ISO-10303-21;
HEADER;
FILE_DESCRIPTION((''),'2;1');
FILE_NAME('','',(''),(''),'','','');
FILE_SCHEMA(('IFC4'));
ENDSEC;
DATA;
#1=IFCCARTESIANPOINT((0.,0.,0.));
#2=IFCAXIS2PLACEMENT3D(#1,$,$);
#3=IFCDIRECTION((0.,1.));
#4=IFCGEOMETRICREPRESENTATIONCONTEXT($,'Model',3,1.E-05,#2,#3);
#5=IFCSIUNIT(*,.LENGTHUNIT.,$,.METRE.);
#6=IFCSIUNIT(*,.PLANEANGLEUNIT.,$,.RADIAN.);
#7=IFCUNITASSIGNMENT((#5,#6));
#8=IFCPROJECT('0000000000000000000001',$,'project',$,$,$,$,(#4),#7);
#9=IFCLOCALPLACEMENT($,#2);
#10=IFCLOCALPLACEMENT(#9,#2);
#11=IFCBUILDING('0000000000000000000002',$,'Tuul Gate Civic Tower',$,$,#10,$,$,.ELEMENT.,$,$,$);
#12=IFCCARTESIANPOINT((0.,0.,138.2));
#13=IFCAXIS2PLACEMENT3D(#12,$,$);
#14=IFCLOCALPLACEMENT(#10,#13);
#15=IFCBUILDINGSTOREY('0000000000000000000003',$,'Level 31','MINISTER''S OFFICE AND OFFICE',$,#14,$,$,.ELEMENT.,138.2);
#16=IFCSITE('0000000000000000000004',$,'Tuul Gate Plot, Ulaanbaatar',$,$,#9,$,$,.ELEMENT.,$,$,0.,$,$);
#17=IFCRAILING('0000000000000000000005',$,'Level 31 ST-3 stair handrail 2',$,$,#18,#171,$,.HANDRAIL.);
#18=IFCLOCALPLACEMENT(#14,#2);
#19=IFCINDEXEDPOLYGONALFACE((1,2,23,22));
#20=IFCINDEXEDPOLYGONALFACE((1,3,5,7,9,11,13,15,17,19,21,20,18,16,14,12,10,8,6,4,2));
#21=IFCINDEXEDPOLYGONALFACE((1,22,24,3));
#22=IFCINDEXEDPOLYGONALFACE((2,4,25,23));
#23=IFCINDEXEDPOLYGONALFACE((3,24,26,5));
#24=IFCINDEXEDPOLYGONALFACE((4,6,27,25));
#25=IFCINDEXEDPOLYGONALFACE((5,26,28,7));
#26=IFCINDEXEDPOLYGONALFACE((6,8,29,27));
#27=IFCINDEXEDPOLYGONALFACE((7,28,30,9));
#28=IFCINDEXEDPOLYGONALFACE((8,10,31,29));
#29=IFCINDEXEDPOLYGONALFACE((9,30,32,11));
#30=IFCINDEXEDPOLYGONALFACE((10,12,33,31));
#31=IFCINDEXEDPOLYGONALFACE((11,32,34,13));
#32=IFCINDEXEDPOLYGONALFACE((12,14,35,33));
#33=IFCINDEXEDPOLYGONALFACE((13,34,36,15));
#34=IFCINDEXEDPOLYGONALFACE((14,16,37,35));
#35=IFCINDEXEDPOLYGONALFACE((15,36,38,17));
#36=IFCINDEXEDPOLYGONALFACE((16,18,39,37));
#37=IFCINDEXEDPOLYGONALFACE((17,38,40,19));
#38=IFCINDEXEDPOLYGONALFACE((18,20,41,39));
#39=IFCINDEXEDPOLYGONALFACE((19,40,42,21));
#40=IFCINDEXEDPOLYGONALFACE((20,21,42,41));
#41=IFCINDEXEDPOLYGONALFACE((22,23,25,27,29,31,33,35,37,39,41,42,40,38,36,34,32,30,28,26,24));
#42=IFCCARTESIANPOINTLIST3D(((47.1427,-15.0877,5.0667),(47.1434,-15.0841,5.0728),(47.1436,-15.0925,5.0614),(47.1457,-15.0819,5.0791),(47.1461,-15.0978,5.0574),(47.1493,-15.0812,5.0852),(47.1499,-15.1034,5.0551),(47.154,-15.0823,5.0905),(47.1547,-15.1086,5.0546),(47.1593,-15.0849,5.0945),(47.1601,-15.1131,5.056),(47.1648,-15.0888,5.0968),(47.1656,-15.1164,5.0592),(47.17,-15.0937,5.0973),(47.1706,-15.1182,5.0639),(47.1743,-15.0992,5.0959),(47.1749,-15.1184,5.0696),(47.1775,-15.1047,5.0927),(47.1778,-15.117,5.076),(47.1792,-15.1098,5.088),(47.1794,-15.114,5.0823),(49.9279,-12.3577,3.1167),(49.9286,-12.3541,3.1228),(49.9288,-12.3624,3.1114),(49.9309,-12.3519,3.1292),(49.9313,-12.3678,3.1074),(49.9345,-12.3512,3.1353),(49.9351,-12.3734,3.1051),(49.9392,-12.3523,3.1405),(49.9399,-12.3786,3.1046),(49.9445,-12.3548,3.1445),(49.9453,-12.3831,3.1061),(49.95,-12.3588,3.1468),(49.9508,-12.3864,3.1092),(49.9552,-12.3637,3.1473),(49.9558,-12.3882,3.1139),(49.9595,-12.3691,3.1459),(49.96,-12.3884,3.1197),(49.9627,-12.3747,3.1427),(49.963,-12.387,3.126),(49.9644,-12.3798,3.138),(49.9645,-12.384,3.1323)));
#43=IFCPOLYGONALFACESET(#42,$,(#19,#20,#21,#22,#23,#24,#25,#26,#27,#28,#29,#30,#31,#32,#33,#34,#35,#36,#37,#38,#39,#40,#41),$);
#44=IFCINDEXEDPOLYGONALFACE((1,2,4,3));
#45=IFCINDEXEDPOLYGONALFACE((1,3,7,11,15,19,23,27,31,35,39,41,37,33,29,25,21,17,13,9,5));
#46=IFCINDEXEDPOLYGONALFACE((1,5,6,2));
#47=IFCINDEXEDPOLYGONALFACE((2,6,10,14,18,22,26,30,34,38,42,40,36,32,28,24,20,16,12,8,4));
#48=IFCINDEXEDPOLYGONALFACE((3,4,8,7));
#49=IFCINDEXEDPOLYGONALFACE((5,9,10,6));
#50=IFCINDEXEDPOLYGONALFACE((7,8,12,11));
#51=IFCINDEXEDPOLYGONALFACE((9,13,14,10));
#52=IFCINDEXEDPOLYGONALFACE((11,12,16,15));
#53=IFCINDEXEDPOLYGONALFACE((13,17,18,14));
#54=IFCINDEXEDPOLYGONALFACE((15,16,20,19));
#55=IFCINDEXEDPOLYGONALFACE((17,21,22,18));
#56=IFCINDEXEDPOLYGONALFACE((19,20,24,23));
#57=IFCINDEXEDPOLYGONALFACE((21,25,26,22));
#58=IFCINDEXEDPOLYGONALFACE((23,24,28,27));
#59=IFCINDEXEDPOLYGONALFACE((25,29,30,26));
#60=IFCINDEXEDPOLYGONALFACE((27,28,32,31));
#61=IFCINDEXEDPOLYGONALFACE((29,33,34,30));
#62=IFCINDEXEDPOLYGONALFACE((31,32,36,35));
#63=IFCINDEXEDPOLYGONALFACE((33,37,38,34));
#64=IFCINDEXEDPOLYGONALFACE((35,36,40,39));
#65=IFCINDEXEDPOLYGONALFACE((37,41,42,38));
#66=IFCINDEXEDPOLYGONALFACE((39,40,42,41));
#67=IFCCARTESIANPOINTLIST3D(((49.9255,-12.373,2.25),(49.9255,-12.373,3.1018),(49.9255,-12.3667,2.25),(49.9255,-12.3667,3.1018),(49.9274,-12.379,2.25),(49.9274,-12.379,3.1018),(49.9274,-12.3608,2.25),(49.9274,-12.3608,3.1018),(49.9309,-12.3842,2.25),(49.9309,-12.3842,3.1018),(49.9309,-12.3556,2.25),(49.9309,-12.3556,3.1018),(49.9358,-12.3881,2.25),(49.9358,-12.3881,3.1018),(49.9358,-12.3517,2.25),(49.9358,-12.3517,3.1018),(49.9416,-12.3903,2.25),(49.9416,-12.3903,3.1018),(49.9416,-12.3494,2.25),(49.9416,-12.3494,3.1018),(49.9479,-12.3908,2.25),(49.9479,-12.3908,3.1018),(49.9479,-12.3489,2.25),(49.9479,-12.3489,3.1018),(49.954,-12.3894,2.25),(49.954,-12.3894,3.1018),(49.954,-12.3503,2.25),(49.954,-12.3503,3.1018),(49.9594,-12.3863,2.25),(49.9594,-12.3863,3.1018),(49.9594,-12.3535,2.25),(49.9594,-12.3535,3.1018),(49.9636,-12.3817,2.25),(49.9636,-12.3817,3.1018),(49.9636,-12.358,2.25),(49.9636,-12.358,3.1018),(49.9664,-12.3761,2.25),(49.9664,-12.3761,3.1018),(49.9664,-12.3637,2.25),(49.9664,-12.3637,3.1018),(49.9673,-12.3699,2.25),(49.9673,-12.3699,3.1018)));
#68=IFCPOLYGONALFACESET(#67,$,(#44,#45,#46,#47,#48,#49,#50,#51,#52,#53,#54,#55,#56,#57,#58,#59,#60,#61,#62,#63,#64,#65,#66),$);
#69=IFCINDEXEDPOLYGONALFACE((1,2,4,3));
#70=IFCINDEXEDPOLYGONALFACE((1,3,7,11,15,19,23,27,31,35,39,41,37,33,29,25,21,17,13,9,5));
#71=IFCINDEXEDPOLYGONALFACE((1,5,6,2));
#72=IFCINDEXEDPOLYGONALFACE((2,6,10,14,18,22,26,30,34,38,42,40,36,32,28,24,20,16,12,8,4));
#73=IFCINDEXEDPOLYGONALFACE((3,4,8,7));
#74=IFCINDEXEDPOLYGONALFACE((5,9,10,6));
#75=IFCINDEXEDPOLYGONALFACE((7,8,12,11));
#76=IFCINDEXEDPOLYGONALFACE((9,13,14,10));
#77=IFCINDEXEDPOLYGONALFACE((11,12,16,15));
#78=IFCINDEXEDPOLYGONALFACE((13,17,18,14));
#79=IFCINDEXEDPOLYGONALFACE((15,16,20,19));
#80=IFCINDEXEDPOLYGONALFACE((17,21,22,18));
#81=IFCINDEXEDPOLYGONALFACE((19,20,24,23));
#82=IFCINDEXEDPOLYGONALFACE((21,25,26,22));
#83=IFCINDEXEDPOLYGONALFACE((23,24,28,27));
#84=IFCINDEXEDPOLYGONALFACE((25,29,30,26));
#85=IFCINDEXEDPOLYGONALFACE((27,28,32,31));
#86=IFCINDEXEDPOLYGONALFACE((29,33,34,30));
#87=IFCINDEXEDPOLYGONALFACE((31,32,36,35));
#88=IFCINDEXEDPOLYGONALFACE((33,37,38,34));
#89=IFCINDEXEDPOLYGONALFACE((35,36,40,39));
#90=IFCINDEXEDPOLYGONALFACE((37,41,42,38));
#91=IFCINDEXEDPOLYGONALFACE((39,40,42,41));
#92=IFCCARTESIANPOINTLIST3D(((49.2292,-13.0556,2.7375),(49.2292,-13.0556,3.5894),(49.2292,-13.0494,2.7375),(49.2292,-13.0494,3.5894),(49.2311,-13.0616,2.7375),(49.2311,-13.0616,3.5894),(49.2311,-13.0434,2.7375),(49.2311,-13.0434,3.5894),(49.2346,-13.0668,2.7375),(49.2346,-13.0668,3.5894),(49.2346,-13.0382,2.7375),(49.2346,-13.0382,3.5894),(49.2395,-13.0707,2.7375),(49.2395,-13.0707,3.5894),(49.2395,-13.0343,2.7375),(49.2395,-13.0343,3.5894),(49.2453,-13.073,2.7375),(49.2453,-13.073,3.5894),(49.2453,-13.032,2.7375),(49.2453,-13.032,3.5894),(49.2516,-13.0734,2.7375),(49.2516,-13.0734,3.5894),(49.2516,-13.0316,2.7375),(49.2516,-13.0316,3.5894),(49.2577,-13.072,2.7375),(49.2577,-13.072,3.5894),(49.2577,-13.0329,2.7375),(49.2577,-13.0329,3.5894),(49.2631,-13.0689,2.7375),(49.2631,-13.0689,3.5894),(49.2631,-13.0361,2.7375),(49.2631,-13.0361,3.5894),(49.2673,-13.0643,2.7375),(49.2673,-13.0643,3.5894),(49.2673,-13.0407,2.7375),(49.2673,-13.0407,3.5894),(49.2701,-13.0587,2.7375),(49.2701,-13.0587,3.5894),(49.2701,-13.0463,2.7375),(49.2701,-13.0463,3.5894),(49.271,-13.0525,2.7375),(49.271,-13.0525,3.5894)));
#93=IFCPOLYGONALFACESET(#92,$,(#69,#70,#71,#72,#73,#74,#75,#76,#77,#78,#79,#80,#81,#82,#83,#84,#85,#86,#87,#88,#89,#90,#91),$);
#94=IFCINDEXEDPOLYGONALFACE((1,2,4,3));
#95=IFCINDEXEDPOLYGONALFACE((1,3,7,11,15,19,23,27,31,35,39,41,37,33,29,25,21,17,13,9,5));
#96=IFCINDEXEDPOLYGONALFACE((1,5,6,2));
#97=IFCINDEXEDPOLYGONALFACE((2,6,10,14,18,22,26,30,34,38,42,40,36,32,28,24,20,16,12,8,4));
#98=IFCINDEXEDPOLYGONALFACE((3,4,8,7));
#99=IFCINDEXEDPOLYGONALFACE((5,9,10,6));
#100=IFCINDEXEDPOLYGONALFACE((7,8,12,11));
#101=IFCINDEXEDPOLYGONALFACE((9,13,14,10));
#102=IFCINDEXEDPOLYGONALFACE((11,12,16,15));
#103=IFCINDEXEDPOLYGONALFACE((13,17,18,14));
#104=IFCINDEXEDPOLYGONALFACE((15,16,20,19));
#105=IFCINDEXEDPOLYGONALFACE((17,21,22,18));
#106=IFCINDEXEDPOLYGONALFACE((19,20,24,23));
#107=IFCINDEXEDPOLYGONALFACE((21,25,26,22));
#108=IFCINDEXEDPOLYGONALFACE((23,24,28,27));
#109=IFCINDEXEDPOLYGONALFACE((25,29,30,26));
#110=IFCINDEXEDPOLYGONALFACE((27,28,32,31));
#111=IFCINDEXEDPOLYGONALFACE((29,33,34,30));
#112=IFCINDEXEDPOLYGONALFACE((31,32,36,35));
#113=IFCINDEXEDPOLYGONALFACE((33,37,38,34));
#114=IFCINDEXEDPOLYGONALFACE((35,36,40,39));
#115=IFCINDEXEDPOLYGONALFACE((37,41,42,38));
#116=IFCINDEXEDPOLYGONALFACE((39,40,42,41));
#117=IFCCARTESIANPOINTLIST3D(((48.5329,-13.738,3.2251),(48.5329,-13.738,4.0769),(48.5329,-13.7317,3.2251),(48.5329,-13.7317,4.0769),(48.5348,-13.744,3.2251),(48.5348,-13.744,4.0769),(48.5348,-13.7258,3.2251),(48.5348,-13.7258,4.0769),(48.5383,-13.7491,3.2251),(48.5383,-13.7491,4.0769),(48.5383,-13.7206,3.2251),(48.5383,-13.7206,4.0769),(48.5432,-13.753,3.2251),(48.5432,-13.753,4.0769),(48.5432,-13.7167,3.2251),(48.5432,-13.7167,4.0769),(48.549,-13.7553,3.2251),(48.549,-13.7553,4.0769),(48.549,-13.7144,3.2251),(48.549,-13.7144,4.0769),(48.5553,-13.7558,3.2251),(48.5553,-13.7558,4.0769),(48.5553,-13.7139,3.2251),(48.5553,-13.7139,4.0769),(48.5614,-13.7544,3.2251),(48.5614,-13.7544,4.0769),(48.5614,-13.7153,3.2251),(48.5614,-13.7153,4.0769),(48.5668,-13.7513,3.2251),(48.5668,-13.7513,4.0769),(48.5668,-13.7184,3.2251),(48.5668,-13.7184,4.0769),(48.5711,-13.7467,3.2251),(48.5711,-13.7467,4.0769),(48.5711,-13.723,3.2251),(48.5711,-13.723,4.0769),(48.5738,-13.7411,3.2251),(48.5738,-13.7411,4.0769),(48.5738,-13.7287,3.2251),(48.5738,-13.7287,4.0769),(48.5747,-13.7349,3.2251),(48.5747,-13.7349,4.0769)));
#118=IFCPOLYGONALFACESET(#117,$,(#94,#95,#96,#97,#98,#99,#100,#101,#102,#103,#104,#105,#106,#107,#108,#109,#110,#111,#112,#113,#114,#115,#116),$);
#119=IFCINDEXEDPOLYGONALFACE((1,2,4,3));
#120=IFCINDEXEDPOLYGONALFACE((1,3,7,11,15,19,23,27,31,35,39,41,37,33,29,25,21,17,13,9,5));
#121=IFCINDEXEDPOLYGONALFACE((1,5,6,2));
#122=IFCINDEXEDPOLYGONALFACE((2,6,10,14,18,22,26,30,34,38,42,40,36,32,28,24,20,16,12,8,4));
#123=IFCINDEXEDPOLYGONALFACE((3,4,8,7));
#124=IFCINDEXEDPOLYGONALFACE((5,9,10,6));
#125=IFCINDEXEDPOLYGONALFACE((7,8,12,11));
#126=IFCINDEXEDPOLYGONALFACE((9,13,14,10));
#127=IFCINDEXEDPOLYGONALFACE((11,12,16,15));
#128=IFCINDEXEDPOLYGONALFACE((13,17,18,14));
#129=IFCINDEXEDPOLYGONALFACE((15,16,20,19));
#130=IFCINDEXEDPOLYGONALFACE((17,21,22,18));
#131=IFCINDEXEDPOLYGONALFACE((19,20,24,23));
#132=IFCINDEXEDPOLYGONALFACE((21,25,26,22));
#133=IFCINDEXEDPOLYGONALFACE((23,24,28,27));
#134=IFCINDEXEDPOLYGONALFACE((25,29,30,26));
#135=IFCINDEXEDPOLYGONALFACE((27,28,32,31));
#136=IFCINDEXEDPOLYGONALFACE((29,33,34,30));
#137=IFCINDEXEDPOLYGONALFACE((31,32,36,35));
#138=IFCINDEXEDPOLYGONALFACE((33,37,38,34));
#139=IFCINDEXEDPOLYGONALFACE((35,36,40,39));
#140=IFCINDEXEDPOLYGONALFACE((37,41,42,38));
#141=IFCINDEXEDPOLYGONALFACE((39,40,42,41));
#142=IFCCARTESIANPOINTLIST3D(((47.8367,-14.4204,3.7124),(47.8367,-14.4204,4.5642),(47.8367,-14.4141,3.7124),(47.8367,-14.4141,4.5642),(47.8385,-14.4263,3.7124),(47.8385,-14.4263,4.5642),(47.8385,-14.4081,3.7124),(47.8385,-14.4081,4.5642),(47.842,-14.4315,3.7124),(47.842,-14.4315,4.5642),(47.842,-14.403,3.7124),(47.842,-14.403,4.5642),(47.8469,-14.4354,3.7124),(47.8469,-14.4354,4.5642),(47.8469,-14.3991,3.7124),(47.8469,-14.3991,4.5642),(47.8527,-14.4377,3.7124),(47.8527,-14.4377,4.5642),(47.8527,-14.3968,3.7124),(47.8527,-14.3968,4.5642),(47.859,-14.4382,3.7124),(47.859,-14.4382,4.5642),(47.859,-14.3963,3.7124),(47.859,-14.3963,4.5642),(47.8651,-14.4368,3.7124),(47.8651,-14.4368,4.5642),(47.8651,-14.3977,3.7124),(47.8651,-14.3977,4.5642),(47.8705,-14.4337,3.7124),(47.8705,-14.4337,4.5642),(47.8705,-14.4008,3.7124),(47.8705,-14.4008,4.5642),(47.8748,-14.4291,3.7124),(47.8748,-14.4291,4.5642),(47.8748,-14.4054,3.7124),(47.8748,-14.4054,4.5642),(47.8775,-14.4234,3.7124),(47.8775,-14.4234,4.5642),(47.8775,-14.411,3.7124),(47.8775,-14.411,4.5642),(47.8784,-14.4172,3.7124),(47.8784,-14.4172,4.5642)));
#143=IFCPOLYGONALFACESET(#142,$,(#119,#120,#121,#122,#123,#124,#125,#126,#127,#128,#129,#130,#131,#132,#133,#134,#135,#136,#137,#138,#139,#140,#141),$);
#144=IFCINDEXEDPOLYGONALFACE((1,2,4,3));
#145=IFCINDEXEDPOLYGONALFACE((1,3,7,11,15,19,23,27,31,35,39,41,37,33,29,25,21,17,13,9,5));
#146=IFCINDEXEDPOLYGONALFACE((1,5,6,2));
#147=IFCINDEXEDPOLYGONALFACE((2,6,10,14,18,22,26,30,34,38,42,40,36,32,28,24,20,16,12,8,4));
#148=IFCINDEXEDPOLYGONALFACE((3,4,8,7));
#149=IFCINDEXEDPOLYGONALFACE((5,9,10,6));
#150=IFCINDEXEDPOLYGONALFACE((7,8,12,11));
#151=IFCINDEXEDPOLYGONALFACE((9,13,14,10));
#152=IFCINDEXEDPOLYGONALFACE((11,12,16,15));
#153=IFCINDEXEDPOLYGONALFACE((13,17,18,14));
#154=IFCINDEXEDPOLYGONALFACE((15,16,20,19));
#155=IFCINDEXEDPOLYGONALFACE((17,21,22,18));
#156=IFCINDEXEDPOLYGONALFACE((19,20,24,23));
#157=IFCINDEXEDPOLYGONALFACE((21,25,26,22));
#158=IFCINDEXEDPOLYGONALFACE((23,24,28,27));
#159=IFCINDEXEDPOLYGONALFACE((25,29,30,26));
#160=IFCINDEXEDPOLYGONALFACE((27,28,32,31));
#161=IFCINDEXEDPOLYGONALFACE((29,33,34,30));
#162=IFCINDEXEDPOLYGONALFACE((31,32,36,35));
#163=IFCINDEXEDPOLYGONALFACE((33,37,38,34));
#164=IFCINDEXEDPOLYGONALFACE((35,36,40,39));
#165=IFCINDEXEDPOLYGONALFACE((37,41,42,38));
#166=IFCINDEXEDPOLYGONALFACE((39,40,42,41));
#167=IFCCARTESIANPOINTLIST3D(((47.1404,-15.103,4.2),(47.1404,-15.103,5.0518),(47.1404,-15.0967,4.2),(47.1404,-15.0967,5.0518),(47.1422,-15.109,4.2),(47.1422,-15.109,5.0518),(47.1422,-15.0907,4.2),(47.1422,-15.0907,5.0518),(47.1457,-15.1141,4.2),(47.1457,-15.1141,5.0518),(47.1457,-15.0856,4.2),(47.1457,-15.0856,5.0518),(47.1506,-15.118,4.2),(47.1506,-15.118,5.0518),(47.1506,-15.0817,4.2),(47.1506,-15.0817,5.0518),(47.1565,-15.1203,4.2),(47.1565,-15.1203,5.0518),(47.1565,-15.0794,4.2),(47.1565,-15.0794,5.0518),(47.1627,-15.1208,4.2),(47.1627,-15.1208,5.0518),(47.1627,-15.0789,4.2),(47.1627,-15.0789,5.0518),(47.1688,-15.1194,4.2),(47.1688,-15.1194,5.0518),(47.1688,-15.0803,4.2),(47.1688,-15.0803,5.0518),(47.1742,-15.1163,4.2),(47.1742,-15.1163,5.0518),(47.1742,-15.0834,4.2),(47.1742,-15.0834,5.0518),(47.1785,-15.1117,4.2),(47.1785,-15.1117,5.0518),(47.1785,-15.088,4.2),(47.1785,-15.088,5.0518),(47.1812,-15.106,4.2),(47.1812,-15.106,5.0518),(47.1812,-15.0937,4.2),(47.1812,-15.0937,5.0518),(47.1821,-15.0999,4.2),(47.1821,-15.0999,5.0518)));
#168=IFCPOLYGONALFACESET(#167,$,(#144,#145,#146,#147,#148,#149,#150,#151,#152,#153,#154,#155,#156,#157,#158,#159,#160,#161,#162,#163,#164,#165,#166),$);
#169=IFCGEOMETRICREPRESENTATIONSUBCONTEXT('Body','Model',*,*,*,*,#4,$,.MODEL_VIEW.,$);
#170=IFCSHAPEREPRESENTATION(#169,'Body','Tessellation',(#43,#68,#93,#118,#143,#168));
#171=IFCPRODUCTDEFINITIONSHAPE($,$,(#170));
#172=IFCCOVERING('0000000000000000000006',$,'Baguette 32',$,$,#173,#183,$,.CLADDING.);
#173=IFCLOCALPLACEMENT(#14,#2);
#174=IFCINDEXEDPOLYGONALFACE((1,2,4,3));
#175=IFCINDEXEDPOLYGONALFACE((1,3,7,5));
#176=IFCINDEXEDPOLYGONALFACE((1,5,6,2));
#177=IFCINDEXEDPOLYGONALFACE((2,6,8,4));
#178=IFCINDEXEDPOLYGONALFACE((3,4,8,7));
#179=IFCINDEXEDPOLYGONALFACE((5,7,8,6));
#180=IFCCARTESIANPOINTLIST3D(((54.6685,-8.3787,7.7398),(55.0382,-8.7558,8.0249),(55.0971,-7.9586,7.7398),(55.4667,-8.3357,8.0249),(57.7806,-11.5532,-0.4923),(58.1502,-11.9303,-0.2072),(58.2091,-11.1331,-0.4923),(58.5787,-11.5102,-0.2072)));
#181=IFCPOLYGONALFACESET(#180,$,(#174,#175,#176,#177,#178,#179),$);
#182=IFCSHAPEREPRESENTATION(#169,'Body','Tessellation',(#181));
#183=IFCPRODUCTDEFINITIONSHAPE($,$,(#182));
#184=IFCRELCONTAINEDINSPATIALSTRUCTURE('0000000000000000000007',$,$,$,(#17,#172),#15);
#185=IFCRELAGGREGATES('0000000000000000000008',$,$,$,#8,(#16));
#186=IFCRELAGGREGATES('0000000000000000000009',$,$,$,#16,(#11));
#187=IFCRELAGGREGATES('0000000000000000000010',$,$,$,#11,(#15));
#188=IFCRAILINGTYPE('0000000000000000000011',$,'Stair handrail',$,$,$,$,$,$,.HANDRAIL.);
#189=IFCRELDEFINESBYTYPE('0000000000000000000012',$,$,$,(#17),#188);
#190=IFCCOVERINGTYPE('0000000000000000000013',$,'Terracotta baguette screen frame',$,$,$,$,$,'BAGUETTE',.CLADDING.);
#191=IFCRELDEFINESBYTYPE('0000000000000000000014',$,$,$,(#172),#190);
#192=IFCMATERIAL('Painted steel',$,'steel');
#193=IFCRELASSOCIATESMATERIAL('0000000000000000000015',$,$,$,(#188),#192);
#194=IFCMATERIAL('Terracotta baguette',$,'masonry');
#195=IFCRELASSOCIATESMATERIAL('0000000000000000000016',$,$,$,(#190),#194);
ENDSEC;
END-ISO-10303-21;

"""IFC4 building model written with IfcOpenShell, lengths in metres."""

from ifc_helpers import new_model, si_unit, direction, frame, origin, origin_2d, place, context, subcontext, project, spatial, rectangle, circle, extrude, material, material_profile, profile_set, type_object, element, save


model = new_model("IFC4")

# Units and contexts
model_context = context("Model", 3, precision=1e-05, world=origin(), true_north=direction((0.0, 1.0)))
body_context = subcontext(model_context, "Body", "Model", "MODEL_VIEW")
ifc_project = project(units=[si_unit("LENGTHUNIT", "METRE"), si_unit("PLANEANGLEUNIT", "RADIAN")], contexts=[model_context])

# Site, building, storey
site_placement = place(None, origin())
site = spatial("IfcSite", under=ifc_project, at=site_placement, Name="Tuul Gate Plot, Ulaanbaatar", CompositionType="ELEMENT", RefElevation=0.0)
building_placement = place(site_placement, origin())
building = spatial("IfcBuilding", under=site, at=building_placement, Name="Tuul Gate Civic Tower", CompositionType="ELEMENT")
storey_placement = place(building_placement, frame((0.0, 0.0, 138.2)))
storey = spatial("IfcBuildingStorey", under=building, at=storey_placement, Name="Level 31", Description="MINISTER'S OFFICE AND OFFICE", CompositionType="ELEMENT", Elevation=138.2)

# Railing
ifc_material_1 = material(Name="Painted steel", Category="steel")
railing_type_1 = type_object("IfcRailingType", Name="Stair handrail", PredefinedType="HANDRAIL", material=ifc_material_1)
railing_1_placement = place(storey_placement, frame((49.9463, -12.3699, 2.25)))
element("IfcRailing", 1, at=railing_1_placement, inside=storey, type_object=railing_type_1, Name="Level 31 ST-3 stair handrail 2", PredefinedType="HANDRAIL", context=body_context, shape_type="SweptSolid", body=[
    extrude(circle(Radius=0.0239, at=origin_2d()), frame((0.0, 0.0, 0.876), z_axis=(-0.638754, -0.6261, 0.447206), x_axis=(0.699998, -0.714145, 0.0)), (0.0, 0.0, 1.0), 4.3604),
    extrude(circle(Radius=0.021, at=origin_2d()), origin(), (0.0, 0.0, 1.0), 0.8518),
    extrude(circle(Radius=0.021, at=origin_2d()), frame((-0.6963, -0.6826, 0.4875)), (0.0, 0.0, 1.0), 0.8518),
    extrude(circle(Radius=0.021, at=origin_2d()), frame((-1.3926, -1.365, 0.9751)), (0.0, 0.0, 1.0), 0.8518),
    extrude(circle(Radius=0.021, at=origin_2d()), frame((-2.0889, -2.0474, 1.4624)), (0.0, 0.0, 1.0), 0.8518),
    extrude(circle(Radius=0.021, at=origin_2d()), frame((-2.7852, -2.73, 1.95)), (0.0, 0.0, 1.0), 0.8518),
])

# Covering
ifc_material_2 = material(Name="Terracotta baguette", Category="masonry")
ifc_material_profile_1 = material_profile(ifc_material_2, rectangle(XDim=0.6001, YDim=0.6001, at=origin_2d()), Name="Terracotta baguette screen frame")
ifc_profile_set_1 = profile_set([ifc_material_profile_1], Name="Terracotta baguette")
covering_type = type_object("IfcCoveringType", Name="Terracotta baguette screen frame", ElementType="BAGUETTE", PredefinedType="CLADDING", material=ifc_profile_set_1)
covering_placement = place(storey_placement, frame((55.0676, -8.3572, 7.8823), z_axis=(0.332633, -0.339314, -0.879898), x_axis=(0.714101, 0.700042, 0.0)))
element("IfcCovering", 2, at=covering_placement, inside=storey, type_object=covering_type, Name="Baguette 32", PredefinedType="CLADDING", context=body_context, shape_type="SweptSolid", body=[
    extrude(rectangle(XDim=0.6001, YDim=0.6001, at=origin_2d()), origin(), (0.0, 0.0, 1.0), 9.3557),
])

save(model, "model.ifc")
